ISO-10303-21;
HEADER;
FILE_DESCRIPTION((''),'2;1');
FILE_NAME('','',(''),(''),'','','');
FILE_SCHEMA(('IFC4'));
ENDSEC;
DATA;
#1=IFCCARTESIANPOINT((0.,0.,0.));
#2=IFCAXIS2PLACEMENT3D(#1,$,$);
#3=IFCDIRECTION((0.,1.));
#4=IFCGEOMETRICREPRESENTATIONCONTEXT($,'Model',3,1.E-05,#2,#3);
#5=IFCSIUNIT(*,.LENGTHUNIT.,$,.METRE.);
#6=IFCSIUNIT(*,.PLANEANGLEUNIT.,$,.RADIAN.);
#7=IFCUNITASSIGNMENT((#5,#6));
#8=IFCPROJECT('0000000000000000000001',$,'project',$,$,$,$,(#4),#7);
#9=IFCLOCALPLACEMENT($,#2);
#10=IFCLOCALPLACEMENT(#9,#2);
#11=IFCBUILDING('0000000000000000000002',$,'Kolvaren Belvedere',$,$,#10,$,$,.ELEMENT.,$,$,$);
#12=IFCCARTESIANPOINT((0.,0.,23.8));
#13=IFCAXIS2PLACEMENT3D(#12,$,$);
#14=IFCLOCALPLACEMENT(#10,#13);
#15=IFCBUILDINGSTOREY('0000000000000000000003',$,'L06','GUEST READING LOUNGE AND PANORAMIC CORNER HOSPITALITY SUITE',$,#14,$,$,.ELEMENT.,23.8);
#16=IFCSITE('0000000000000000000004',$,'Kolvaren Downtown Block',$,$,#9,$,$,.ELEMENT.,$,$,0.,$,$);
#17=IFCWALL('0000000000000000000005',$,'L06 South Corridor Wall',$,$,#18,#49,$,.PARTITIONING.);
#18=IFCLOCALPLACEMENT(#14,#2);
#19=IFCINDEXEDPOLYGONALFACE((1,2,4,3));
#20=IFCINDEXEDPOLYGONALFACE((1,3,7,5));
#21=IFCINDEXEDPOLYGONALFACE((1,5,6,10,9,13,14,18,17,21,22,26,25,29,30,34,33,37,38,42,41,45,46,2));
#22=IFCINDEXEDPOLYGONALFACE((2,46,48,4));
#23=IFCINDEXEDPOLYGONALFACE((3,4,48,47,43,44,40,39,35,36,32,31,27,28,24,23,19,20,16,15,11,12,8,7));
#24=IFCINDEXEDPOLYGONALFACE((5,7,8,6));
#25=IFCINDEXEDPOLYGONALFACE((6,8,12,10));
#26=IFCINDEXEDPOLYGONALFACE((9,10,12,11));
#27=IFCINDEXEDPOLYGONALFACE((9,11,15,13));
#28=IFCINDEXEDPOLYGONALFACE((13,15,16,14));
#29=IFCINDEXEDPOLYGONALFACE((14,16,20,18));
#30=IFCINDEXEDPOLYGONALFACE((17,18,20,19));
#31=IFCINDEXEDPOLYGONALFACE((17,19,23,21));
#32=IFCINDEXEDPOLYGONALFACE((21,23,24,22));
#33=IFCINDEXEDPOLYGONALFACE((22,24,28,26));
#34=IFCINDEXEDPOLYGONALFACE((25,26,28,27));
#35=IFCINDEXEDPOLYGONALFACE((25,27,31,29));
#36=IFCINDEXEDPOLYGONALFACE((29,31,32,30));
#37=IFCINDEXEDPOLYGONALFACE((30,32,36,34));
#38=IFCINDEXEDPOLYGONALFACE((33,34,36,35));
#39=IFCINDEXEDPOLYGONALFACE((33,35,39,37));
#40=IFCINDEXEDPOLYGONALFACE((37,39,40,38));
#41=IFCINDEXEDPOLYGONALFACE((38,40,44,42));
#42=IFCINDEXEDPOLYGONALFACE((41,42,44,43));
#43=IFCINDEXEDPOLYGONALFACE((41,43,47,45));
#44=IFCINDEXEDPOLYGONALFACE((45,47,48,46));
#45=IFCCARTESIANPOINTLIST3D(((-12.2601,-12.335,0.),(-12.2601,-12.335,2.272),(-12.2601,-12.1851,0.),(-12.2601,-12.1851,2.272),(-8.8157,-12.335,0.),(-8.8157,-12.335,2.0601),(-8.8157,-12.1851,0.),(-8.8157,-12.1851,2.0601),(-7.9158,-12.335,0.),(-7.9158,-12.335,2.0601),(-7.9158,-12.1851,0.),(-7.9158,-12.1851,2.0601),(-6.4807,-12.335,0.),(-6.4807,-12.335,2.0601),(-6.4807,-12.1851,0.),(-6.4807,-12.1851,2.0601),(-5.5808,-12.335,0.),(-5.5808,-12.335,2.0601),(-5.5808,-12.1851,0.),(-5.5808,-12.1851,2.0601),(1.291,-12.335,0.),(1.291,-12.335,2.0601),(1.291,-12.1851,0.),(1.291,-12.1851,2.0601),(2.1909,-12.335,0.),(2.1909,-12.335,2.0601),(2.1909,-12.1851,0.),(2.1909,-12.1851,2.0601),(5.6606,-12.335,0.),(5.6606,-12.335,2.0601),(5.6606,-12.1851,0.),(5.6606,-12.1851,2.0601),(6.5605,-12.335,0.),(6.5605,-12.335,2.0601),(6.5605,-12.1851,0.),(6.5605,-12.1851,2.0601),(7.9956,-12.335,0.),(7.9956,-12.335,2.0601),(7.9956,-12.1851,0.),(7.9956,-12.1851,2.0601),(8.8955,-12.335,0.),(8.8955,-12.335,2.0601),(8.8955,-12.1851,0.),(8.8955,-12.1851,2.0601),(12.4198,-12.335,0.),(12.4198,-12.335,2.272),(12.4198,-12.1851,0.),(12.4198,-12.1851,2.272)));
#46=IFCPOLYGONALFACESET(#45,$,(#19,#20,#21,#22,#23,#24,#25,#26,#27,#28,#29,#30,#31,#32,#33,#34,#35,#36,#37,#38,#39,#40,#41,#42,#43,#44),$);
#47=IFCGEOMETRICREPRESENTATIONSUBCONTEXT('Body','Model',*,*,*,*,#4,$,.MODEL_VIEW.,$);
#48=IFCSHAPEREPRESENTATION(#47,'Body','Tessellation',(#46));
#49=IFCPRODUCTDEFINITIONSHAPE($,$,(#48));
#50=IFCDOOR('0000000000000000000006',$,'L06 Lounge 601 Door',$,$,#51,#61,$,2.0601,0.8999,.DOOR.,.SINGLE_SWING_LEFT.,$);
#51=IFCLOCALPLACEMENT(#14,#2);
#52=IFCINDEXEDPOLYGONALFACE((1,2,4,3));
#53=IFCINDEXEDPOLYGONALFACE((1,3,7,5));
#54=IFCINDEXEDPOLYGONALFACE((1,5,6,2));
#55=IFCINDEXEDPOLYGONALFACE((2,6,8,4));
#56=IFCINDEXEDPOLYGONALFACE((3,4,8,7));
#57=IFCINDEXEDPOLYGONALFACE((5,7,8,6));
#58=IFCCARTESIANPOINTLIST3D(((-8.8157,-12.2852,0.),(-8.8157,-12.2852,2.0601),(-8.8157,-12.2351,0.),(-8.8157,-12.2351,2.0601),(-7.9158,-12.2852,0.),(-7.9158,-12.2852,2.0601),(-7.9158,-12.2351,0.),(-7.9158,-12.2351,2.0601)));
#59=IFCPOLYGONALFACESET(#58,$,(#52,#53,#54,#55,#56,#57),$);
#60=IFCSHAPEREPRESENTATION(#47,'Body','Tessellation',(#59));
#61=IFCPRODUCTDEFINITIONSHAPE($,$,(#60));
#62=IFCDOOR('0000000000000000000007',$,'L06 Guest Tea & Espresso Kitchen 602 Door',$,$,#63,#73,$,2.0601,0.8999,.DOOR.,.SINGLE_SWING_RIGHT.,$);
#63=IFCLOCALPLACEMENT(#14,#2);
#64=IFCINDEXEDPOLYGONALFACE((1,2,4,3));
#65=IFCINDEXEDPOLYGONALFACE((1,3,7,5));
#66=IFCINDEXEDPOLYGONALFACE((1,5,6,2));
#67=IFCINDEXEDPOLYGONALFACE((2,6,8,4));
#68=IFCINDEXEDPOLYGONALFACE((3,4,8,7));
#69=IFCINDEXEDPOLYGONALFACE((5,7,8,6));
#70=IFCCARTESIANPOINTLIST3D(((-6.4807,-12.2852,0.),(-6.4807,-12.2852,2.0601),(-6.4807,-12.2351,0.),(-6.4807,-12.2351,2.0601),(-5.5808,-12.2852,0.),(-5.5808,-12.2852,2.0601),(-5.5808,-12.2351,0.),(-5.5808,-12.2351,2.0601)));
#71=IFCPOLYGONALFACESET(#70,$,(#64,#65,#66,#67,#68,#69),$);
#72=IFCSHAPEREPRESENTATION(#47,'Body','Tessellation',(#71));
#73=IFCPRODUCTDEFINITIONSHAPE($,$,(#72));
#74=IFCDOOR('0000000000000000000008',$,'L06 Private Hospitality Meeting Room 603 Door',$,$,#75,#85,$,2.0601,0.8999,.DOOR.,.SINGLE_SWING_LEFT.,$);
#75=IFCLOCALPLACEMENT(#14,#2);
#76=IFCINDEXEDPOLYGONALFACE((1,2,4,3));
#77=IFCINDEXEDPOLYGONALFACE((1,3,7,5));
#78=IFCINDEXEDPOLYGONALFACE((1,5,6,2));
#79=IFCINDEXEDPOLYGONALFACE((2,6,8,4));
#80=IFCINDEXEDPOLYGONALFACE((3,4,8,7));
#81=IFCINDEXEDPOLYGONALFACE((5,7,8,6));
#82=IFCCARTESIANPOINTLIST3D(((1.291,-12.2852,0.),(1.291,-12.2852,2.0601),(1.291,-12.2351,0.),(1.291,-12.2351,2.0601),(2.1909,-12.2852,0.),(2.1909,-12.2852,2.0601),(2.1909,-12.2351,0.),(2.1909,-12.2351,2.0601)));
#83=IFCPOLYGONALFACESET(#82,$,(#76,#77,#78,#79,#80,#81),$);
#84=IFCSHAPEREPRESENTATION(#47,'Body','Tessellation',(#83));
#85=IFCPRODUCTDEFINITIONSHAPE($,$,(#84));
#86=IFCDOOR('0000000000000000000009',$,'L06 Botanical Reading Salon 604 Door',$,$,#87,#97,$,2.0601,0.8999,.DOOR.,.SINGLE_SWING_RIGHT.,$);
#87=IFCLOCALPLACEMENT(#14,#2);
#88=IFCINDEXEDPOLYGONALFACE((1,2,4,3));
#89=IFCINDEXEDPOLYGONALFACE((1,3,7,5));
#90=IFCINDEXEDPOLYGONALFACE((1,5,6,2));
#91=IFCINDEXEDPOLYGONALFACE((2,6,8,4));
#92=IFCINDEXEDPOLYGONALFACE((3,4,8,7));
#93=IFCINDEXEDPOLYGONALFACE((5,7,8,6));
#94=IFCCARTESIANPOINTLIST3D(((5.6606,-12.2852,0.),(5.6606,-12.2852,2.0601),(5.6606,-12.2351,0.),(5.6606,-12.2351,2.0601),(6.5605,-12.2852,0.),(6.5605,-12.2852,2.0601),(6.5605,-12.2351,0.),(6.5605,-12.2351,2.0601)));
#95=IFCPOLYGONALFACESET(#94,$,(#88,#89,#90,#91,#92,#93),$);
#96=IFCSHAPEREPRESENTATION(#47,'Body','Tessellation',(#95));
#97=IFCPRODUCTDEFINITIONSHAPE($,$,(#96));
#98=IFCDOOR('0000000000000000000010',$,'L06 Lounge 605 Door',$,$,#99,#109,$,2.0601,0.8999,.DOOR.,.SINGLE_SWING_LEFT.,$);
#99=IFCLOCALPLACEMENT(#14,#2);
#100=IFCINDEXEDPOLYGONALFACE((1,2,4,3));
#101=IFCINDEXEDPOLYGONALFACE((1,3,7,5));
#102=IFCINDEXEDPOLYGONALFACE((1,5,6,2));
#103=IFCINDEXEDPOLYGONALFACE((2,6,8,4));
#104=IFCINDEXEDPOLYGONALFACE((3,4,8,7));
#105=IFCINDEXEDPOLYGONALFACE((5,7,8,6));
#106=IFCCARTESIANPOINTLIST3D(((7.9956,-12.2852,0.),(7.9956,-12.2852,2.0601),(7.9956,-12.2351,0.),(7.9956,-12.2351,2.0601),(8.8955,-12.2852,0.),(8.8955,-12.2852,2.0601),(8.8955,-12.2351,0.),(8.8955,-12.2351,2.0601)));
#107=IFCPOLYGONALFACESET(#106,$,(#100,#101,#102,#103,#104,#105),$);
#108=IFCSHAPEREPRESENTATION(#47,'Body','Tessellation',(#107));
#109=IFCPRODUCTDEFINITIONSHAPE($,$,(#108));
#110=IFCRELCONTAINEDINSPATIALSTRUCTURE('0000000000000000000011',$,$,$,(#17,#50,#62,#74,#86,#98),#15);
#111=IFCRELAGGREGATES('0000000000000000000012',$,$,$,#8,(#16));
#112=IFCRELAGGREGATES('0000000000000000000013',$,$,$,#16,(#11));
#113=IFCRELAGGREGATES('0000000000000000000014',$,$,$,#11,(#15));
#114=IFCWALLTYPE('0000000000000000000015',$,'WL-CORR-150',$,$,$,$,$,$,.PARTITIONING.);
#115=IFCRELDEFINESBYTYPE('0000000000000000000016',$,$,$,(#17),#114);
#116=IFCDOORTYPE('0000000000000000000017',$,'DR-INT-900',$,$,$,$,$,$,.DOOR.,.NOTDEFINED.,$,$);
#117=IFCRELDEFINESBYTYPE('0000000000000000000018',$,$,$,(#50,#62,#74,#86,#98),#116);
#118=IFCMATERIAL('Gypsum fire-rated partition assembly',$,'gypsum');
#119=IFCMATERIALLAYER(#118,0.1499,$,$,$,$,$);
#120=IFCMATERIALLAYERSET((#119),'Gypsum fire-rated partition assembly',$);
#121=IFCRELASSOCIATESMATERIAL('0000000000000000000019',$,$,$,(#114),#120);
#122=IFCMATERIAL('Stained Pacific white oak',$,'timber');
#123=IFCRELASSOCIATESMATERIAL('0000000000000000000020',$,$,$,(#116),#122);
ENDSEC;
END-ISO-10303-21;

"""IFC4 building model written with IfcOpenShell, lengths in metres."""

from ifc_helpers import new_model, si_unit, direction, frame, frame_2d, origin, place, context, subcontext, project, spatial, rectangle, extrude, material, layer, layer_set, type_object, element, fill, save


model = new_model("IFC4")

# Units and contexts
model_context = context("Model", 3, precision=1e-05, world=origin(), true_north=direction((0.0, 1.0)))
body_context = subcontext(model_context, "Body", "Model", "MODEL_VIEW")
ifc_project = project(units=[si_unit("LENGTHUNIT", "METRE"), si_unit("PLANEANGLEUNIT", "RADIAN")], contexts=[model_context])

# Site, building, storey
site_placement = place(None, origin())
site = spatial("IfcSite", under=ifc_project, at=site_placement, Name="Kolvaren Downtown Block", CompositionType="ELEMENT", RefElevation=0.0)
building_placement = place(site_placement, origin())
building = spatial("IfcBuilding", under=site, at=building_placement, Name="Kolvaren Belvedere", CompositionType="ELEMENT")
storey_placement = place(building_placement, frame((0.0, 0.0, 23.8)))
storey = spatial("IfcBuildingStorey", under=building, at=storey_placement, Name="L06", Description="GUEST READING LOUNGE AND PANORAMIC CORNER HOSPITALITY SUITE", CompositionType="ELEMENT", Elevation=23.8)

# Wall, openings, doors
ifc_material_1 = material(Name="Gypsum fire-rated partition assembly", Category="gypsum")
ifc_layer_1 = layer(ifc_material_1, 0.1499)
ifc_layer_set_1 = layer_set([ifc_layer_1], Name="Gypsum fire-rated partition assembly")
wall_type_1 = type_object("IfcWallType", Name="WL-CORR-150", PredefinedType="PARTITIONING", material=ifc_layer_set_1)
wall_1_placement = place(storey_placement, frame((-12.26, -12.26, 0.0), z_axis=(0.0, 0.0, 1.0), x_axis=(1.0, 0.0, 0.0)))
wall_1 = element("IfcWall", 1, at=wall_1_placement, inside=storey, type_object=wall_type_1, Name="L06 South Corridor Wall", PredefinedType="PARTITIONING", context=body_context, shape_type="SweptSolid", body=[
    extrude(rectangle(XDim=24.6799, YDim=0.1499, at=frame_2d((12.3398, 0.0))), origin(), (0.0, 0.0, 1.0), 2.272),
])
opening_1_placement = place(wall_1_placement, frame((3.4443, 0.0, 0.0)))
opening_1 = element("IfcOpeningElement", 2, at=opening_1_placement, cuts=wall_1, PredefinedType="OPENING", context=body_context, shape_type="SweptSolid", body=[
    extrude(rectangle(XDim=0.8999, YDim=2.0601, at=frame_2d((0.45, 1.03))), frame((0.0, 0.085, 0.0), z_axis=(0.0, -1.0, 0.0), x_axis=(1.0, 0.0, 0.0)), (0.0, 0.0, 1.0), 0.1699),
])
opening_2_placement = place(wall_1_placement, frame((5.7793, 0.0, 0.0)))
opening_2 = element("IfcOpeningElement", 3, at=opening_2_placement, cuts=wall_1, PredefinedType="OPENING", context=body_context, shape_type="SweptSolid", body=[
    extrude(rectangle(XDim=0.8999, YDim=2.0601, at=frame_2d((0.45, 1.03))), frame((0.0, 0.085, 0.0), z_axis=(0.0, -1.0, 0.0), x_axis=(1.0, 0.0, 0.0)), (0.0, 0.0, 1.0), 0.1699),
])
opening_3_placement = place(wall_1_placement, frame((13.551, 0.0, 0.0)))
opening_3 = element("IfcOpeningElement", 4, at=opening_3_placement, cuts=wall_1, PredefinedType="OPENING", context=body_context, shape_type="SweptSolid", body=[
    extrude(rectangle(XDim=0.8999, YDim=2.0601, at=frame_2d((0.45, 1.03))), frame((0.0, 0.085, 0.0), z_axis=(0.0, -1.0, 0.0), x_axis=(1.0, 0.0, 0.0)), (0.0, 0.0, 1.0), 0.1699),
])
opening_4_placement = place(wall_1_placement, frame((17.9207, 0.0, 0.0)))
opening_4 = element("IfcOpeningElement", 5, at=opening_4_placement, cuts=wall_1, PredefinedType="OPENING", context=body_context, shape_type="SweptSolid", body=[
    extrude(rectangle(XDim=0.8999, YDim=2.0601, at=frame_2d((0.45, 1.03))), frame((0.0, 0.085, 0.0), z_axis=(0.0, -1.0, 0.0), x_axis=(1.0, 0.0, 0.0)), (0.0, 0.0, 1.0), 0.1699),
])
opening_5_placement = place(wall_1_placement, frame((20.2556, 0.0, 0.0)))
opening_5 = element("IfcOpeningElement", 6, at=opening_5_placement, cuts=wall_1, PredefinedType="OPENING", context=body_context, shape_type="SweptSolid", body=[
    extrude(rectangle(XDim=0.8999, YDim=2.0601, at=frame_2d((0.45, 1.03))), frame((0.0, 0.085, 0.0), z_axis=(0.0, -1.0, 0.0), x_axis=(1.0, 0.0, 0.0)), (0.0, 0.0, 1.0), 0.1699),
])
ifc_material_2 = material(Name="Stained Pacific white oak", Category="timber")
door_type_1 = type_object("IfcDoorType", Name="DR-INT-900", OperationType="NOTDEFINED", PredefinedType="DOOR", material=ifc_material_2)
door_1_placement = place(opening_1_placement, origin())
door_1 = element("IfcDoor", 7, at=door_1_placement, inside=storey, type_object=door_type_1, Name="L06 Lounge 601 Door", OperationType="SINGLE_SWING_LEFT", OverallHeight=2.0601, OverallWidth=0.8999, PredefinedType="DOOR", context=body_context, shape_type="SweptSolid", body=[
    extrude(rectangle(XDim=0.8999, YDim=2.0601, at=frame_2d((0.45, 1.03))), frame((0.0, 0.0249, 0.0), z_axis=(0.0, -1.0, 0.0), x_axis=(1.0, 0.0, 0.0)), (0.0, 0.0, 1.0), 0.05),
])
fill(opening_1, door_1)
door_2_placement = place(opening_2_placement, origin())
door_2 = element("IfcDoor", 8, at=door_2_placement, inside=storey, type_object=door_type_1, Name="L06 Guest Tea & Espresso Kitchen 602 Door", OperationType="SINGLE_SWING_RIGHT", OverallHeight=2.0601, OverallWidth=0.8999, PredefinedType="DOOR", context=body_context, shape_type="SweptSolid", body=[
    extrude(rectangle(XDim=0.8999, YDim=2.0601, at=frame_2d((0.45, 1.03))), frame((0.0, 0.0249, 0.0), z_axis=(0.0, -1.0, 0.0), x_axis=(1.0, 0.0, 0.0)), (0.0, 0.0, 1.0), 0.05),
])
fill(opening_2, door_2)
door_3_placement = place(opening_3_placement, origin())
door_3 = element("IfcDoor", 9, at=door_3_placement, inside=storey, type_object=door_type_1, Name="L06 Private Hospitality Meeting Room 603 Door", OperationType="SINGLE_SWING_LEFT", OverallHeight=2.0601, OverallWidth=0.8999, PredefinedType="DOOR", context=body_context, shape_type="SweptSolid", body=[
    extrude(rectangle(XDim=0.8999, YDim=2.0601, at=frame_2d((0.45, 1.03))), frame((0.0, 0.0249, 0.0), z_axis=(0.0, -1.0, 0.0), x_axis=(1.0, 0.0, 0.0)), (0.0, 0.0, 1.0), 0.05),
])
fill(opening_3, door_3)
door_4_placement = place(opening_4_placement, origin())
door_4 = element("IfcDoor", 10, at=door_4_placement, inside=storey, type_object=door_type_1, Name="L06 Botanical Reading Salon 604 Door", OperationType="SINGLE_SWING_RIGHT", OverallHeight=2.0601, OverallWidth=0.8999, PredefinedType="DOOR", context=body_context, shape_type="SweptSolid", body=[
    extrude(rectangle(XDim=0.8999, YDim=2.0601, at=frame_2d((0.45, 1.03))), frame((0.0, 0.0249, 0.0), z_axis=(0.0, -1.0, 0.0), x_axis=(1.0, 0.0, 0.0)), (0.0, 0.0, 1.0), 0.05),
])
fill(opening_4, door_4)
door_5_placement = place(opening_5_placement, origin())
door_5 = element("IfcDoor", 11, at=door_5_placement, inside=storey, type_object=door_type_1, Name="L06 Lounge 605 Door", OperationType="SINGLE_SWING_LEFT", OverallHeight=2.0601, OverallWidth=0.8999, PredefinedType="DOOR", context=body_context, shape_type="SweptSolid", body=[
    extrude(rectangle(XDim=0.8999, YDim=2.0601, at=frame_2d((0.45, 1.03))), frame((0.0, 0.0249, 0.0), z_axis=(0.0, -1.0, 0.0), x_axis=(1.0, 0.0, 0.0)), (0.0, 0.0, 1.0), 0.05),
])
fill(opening_5, door_5)

save(model, "model.ifc")
